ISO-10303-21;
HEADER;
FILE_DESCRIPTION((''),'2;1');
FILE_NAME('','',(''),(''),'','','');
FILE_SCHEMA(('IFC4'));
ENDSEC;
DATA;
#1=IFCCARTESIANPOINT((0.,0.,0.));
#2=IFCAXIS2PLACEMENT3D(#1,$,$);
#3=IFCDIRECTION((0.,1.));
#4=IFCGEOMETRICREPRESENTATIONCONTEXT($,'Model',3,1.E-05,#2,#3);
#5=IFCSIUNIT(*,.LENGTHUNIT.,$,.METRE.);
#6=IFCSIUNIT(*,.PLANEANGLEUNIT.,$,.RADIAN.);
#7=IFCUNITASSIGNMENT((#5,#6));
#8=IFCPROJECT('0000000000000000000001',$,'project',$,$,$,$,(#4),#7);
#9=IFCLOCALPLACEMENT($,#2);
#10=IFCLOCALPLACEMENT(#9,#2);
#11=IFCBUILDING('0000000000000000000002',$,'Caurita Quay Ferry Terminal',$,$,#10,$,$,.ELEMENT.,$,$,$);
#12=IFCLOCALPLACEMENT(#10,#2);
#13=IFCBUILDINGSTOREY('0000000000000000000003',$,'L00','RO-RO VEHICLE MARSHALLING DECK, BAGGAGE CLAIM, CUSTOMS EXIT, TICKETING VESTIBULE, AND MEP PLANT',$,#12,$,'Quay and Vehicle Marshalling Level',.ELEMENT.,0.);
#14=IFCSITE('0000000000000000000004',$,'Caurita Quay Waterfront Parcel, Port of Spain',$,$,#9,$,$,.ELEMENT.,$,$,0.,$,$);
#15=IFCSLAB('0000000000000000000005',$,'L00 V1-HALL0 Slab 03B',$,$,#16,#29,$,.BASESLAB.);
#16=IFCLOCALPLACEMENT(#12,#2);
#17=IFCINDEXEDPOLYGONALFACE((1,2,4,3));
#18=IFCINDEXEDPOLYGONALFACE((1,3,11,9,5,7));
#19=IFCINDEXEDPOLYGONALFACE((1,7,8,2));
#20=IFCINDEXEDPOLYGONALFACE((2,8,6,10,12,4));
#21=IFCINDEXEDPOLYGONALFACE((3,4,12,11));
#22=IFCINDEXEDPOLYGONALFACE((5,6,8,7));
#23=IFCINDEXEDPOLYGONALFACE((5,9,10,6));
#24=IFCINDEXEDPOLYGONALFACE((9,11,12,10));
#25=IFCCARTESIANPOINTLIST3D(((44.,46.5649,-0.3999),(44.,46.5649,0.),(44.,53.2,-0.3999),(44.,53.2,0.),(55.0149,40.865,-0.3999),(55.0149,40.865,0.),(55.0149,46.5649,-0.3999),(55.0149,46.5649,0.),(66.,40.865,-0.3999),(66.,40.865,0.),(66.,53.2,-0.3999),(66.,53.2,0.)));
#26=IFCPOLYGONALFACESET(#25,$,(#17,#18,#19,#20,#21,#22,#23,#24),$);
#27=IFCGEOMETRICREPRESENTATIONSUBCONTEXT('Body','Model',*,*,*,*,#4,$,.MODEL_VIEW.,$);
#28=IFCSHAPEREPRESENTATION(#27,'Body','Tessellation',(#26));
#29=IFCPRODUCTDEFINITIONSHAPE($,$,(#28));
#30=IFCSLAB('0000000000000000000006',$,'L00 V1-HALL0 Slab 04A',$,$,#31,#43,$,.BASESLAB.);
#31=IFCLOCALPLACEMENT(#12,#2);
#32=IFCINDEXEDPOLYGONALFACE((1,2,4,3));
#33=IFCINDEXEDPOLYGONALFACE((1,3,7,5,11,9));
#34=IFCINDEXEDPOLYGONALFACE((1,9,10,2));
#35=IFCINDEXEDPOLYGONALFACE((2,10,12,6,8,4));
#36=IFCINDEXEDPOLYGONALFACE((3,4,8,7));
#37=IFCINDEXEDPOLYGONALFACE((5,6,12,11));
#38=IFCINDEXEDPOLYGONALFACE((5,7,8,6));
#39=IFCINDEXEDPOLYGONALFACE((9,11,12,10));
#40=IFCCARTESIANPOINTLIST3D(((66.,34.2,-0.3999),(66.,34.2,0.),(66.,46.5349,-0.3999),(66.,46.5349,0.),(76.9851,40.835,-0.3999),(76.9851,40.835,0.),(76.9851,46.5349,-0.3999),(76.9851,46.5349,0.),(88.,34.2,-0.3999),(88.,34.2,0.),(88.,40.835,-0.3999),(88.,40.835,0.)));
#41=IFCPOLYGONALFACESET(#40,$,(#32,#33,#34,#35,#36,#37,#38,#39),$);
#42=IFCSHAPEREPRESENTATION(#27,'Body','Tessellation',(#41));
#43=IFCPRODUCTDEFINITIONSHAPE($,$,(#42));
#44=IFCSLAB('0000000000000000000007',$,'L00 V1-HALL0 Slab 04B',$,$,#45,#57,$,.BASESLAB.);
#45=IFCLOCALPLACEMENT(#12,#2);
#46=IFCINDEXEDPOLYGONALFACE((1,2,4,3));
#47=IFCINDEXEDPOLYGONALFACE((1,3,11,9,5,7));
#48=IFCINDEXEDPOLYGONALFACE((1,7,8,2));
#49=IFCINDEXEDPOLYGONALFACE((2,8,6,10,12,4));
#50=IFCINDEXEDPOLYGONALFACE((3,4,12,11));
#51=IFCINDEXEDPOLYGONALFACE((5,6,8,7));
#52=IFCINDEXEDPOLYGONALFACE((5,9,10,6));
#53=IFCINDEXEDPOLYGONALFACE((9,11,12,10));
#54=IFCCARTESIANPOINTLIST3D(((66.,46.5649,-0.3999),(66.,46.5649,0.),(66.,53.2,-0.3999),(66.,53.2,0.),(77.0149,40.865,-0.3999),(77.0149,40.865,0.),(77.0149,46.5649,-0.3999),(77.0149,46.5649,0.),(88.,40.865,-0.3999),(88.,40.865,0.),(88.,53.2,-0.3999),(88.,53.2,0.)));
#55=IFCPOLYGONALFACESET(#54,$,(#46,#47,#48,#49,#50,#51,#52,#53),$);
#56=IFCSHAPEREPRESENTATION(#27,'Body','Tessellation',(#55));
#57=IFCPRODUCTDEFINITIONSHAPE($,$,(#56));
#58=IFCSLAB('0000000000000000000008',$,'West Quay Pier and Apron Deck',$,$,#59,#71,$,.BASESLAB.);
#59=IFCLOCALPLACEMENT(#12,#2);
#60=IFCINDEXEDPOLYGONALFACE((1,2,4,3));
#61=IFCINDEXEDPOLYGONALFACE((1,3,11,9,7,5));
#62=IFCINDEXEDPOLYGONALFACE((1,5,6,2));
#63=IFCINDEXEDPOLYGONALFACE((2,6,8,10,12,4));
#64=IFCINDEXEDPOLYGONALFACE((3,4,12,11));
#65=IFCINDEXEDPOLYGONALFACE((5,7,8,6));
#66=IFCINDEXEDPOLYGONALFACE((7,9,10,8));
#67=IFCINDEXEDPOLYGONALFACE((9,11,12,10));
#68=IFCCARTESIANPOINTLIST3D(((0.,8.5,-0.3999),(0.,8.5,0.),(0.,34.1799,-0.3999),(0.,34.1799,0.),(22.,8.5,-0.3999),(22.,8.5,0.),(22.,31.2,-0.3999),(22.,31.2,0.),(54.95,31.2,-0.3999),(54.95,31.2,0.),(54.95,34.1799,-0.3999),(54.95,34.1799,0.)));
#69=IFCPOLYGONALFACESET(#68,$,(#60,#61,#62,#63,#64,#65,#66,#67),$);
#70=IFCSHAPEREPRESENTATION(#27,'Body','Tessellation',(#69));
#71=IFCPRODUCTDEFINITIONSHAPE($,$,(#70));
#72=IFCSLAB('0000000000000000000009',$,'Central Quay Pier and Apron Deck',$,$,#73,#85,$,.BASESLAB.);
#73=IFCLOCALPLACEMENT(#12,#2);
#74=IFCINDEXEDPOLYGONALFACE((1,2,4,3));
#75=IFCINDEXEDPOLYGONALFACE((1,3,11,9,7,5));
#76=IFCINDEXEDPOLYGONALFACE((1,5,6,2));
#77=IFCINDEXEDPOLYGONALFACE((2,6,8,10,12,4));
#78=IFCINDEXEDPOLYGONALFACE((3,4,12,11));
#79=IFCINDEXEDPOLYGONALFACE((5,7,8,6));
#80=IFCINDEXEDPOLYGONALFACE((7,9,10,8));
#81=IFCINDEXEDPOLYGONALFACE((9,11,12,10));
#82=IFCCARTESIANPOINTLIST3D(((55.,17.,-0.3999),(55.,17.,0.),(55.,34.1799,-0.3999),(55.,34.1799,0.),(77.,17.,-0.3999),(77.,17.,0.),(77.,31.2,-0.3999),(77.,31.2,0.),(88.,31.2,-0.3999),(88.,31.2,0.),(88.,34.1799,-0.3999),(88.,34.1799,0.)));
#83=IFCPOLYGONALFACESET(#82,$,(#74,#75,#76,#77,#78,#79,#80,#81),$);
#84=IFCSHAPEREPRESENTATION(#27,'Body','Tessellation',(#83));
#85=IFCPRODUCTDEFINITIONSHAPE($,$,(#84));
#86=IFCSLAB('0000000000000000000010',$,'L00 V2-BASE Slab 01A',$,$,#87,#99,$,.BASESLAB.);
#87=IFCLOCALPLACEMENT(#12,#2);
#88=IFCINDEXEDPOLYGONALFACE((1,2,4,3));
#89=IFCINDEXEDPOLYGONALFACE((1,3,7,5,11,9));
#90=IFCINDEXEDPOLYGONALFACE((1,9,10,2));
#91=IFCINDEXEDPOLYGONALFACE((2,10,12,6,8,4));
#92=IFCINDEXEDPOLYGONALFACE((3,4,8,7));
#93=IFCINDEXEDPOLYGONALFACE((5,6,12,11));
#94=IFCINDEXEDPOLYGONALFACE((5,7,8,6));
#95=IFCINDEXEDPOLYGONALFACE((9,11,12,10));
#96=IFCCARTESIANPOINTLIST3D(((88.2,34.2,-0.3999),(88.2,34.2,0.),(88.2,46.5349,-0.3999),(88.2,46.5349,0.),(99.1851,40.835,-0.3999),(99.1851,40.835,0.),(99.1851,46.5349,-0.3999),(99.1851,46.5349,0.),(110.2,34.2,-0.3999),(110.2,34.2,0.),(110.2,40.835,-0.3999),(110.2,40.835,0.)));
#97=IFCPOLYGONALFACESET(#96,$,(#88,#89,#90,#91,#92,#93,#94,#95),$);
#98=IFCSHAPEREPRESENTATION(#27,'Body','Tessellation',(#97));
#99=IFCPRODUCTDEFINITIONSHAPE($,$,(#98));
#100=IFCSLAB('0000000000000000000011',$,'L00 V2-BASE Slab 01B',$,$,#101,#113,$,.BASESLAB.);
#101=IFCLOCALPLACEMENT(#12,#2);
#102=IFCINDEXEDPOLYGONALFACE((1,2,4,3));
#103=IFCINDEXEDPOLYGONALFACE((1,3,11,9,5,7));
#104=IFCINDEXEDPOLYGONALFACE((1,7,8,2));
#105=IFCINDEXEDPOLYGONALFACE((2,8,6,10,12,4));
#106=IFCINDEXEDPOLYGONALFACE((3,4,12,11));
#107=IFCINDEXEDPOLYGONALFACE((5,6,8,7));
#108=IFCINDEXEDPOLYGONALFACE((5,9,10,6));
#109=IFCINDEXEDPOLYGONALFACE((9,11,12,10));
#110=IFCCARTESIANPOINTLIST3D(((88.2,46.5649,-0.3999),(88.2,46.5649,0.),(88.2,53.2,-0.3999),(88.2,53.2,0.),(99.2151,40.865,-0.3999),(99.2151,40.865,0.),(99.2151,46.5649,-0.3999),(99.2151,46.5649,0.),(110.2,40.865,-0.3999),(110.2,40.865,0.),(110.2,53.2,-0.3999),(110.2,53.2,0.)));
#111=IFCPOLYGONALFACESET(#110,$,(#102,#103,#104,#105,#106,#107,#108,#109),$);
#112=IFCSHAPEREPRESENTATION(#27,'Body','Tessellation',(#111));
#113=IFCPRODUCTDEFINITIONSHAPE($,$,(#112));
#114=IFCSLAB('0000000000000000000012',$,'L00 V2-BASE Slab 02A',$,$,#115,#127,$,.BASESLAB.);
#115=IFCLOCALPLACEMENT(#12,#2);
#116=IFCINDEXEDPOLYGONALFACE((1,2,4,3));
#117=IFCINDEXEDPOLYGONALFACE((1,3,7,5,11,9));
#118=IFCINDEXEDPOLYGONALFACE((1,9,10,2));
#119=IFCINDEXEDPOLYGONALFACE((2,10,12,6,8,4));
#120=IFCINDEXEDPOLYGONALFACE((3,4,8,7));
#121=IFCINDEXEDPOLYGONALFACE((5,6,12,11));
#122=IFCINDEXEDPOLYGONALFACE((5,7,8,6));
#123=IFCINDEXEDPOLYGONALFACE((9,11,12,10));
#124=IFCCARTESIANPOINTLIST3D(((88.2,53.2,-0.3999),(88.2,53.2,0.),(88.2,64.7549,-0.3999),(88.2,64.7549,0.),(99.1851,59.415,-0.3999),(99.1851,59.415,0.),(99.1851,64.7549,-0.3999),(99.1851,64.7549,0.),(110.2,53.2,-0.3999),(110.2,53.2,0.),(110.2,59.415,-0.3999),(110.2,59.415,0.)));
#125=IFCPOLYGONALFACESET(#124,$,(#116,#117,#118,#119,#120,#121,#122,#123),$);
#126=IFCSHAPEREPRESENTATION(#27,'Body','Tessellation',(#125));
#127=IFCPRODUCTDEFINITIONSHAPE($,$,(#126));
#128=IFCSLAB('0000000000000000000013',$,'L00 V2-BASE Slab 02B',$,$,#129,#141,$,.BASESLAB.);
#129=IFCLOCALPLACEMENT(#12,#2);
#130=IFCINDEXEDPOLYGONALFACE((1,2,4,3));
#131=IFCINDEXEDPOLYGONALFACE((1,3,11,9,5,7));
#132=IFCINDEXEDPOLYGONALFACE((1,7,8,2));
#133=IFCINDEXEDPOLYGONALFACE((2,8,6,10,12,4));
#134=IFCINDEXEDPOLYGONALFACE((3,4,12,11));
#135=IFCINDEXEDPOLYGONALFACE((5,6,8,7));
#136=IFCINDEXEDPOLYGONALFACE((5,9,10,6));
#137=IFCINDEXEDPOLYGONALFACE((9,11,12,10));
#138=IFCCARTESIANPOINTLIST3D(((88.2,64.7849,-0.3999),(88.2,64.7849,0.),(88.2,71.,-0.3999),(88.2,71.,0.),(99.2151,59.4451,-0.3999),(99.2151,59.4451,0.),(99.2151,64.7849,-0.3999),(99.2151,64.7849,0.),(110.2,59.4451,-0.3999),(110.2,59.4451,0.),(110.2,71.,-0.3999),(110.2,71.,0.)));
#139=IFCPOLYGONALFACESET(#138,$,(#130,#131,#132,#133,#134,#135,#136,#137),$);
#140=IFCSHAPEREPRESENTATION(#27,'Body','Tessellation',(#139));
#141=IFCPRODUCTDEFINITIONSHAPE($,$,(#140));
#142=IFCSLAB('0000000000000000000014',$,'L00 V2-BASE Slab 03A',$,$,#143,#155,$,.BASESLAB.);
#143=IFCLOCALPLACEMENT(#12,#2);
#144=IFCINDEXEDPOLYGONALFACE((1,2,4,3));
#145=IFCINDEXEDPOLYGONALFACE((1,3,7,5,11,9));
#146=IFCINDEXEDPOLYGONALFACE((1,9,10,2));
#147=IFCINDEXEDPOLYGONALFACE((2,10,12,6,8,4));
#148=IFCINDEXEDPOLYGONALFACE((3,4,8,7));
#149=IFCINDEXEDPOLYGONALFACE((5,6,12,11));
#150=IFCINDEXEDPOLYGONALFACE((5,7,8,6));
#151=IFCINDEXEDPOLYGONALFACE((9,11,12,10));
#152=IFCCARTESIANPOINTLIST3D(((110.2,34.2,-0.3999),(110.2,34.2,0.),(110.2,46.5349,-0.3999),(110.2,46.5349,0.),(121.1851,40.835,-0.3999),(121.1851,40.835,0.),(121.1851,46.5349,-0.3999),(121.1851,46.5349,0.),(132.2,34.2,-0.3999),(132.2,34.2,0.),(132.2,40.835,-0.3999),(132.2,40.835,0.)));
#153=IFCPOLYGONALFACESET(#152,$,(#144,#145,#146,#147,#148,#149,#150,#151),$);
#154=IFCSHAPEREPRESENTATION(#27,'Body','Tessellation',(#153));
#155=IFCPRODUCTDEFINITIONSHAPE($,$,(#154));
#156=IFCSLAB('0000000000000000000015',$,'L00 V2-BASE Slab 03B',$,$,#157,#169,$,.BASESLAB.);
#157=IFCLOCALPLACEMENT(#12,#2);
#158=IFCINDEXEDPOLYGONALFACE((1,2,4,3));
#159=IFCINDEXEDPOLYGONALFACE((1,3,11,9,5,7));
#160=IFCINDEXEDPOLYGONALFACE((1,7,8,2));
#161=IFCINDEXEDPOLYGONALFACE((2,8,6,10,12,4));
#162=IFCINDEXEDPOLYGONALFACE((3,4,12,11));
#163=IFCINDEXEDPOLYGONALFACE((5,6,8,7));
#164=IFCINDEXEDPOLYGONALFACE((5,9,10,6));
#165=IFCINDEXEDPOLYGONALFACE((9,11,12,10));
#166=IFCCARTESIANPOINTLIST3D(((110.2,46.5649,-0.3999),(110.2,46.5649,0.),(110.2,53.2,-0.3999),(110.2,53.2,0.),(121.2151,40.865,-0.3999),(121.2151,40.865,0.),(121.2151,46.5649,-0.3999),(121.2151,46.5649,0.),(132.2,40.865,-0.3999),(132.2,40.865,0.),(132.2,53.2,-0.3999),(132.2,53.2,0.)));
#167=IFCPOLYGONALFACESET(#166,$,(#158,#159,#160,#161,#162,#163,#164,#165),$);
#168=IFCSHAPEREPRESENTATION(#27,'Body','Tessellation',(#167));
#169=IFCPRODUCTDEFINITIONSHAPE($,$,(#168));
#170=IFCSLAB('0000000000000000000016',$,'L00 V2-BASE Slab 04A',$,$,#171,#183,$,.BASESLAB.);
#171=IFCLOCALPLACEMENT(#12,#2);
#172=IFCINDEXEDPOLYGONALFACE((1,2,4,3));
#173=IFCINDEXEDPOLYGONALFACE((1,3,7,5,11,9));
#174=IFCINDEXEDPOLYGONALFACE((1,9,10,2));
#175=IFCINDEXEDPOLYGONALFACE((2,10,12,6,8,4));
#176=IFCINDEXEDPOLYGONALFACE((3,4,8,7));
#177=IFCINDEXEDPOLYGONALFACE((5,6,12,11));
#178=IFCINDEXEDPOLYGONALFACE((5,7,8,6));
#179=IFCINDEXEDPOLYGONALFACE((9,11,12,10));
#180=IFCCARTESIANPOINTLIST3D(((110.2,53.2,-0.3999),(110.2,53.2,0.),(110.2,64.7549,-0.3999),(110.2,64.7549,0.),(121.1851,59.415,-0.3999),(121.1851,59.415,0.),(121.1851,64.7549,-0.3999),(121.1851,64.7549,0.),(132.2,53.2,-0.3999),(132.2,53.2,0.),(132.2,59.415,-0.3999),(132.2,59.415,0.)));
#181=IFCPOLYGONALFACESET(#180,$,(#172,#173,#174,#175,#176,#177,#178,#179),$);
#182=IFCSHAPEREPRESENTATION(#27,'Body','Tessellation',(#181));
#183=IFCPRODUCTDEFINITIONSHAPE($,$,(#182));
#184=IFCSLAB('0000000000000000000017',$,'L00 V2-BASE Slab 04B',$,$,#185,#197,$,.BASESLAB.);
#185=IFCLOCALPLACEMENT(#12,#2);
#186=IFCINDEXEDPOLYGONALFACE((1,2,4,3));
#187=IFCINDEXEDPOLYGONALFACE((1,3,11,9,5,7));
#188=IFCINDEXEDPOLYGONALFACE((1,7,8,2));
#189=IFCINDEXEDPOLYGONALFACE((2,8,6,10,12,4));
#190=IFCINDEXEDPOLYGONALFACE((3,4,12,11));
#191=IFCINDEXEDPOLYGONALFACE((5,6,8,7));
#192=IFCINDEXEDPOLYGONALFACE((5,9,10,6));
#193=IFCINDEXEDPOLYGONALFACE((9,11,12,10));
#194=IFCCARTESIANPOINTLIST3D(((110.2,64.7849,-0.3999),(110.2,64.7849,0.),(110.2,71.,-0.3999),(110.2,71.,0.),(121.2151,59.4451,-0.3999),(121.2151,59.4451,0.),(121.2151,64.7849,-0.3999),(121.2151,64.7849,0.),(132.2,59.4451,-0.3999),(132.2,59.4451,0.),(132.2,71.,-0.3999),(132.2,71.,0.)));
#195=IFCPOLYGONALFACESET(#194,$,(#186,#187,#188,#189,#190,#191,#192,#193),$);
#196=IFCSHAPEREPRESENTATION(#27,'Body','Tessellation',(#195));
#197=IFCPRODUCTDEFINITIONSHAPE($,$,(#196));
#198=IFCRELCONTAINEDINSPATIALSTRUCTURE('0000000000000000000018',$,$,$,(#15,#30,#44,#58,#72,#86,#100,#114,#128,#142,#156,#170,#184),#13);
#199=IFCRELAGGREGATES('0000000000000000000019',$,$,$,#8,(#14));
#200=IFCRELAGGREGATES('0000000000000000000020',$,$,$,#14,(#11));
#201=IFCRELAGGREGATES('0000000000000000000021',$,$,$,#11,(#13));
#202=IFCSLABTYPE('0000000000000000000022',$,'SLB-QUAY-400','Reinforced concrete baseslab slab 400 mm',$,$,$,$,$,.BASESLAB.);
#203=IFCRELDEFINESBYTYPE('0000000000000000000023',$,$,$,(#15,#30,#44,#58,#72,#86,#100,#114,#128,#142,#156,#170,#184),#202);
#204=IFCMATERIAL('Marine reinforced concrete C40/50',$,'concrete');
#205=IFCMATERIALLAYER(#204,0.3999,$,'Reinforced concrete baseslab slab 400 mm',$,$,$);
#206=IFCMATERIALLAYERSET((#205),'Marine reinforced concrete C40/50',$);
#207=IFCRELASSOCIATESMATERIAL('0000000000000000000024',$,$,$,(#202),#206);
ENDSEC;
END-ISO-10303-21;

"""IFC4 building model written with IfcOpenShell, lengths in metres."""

from ifc_helpers import new_model, si_unit, direction, frame, origin, place, context, subcontext, project, spatial, polyline, outline, extrude, material, layer, layer_set, type_object, element, save


model = new_model("IFC4")

# Units and contexts
model_context = context("Model", 3, precision=1e-05, world=origin(), true_north=direction((0.0, 1.0)))
body_context = subcontext(model_context, "Body", "Model", "MODEL_VIEW")
ifc_project = project(units=[si_unit("LENGTHUNIT", "METRE"), si_unit("PLANEANGLEUNIT", "RADIAN")], contexts=[model_context])

# Site, building, storey
site_placement = place(None, origin())
site = spatial("IfcSite", under=ifc_project, at=site_placement, Name="Caurita Quay Waterfront Parcel, Port of Spain", CompositionType="ELEMENT", RefElevation=0.0)
building_placement = place(site_placement, origin())
building = spatial("IfcBuilding", under=site, at=building_placement, Name="Caurita Quay Ferry Terminal", CompositionType="ELEMENT")
storey_placement = place(building_placement, origin())
storey = spatial("IfcBuildingStorey", under=building, at=storey_placement, Name="L00", Description="RO-RO VEHICLE MARSHALLING DECK, BAGGAGE CLAIM, CUSTOMS EXIT, TICKETING VESTIBULE, AND MEP PLANT", LongName="Quay and Vehicle Marshalling Level", CompositionType="ELEMENT", Elevation=0.0)

# Slabs
ifc_material = material(Name="Marine reinforced concrete C40/50", Category="concrete")
ifc_layer = layer(ifc_material, 0.3999, Name="Reinforced concrete baseslab slab 400 mm")
ifc_layer_set = layer_set([ifc_layer], Name="Marine reinforced concrete C40/50")
slab_type = type_object("IfcSlabType", Name="SLB-QUAY-400", Description="Reinforced concrete baseslab slab 400 mm", PredefinedType="BASESLAB", material=ifc_layer_set)
slab_1_placement = place(storey_placement, frame((0.0, 0.0, -0.3999)))
element("IfcSlab", 1, at=slab_1_placement, inside=storey, type_object=slab_type, Name="L00 V1-HALL0 Slab 03B", PredefinedType="BASESLAB", context=body_context, shape_type="SweptSolid", body=[
    extrude(outline(polyline([(55.0149, 40.865), (66.0, 40.865), (66.0, 53.2), (44.0, 53.2), (44.0, 46.5649), (55.0149, 46.5649), (55.0149, 40.865)])), origin(), (0.0, 0.0, 1.0), 0.3999),
])
slab_2_placement = place(storey_placement, frame((0.0, 0.0, -0.3999)))
element("IfcSlab", 2, at=slab_2_placement, inside=storey, type_object=slab_type, Name="L00 V1-HALL0 Slab 04A", PredefinedType="BASESLAB", context=body_context, shape_type="SweptSolid", body=[
    extrude(outline(polyline([(66.0, 34.2), (88.0, 34.2), (88.0, 40.835), (76.9851, 40.835), (76.9851, 46.5349), (66.0, 46.5349), (66.0, 34.2)])), origin(), (0.0, 0.0, 1.0), 0.3999),
])
slab_3_placement = place(storey_placement, frame((0.0, 0.0, -0.3999)))
element("IfcSlab", 3, at=slab_3_placement, inside=storey, type_object=slab_type, Name="L00 V1-HALL0 Slab 04B", PredefinedType="BASESLAB", context=body_context, shape_type="SweptSolid", body=[
    extrude(outline(polyline([(77.0149, 40.865), (88.0, 40.865), (88.0, 53.2), (66.0, 53.2), (66.0, 46.5649), (77.0149, 46.5649), (77.0149, 40.865)])), origin(), (0.0, 0.0, 1.0), 0.3999),
])
slab_4_placement = place(storey_placement, frame((0.0, 0.0, -0.3999)))
element("IfcSlab", 4, at=slab_4_placement, inside=storey, type_object=slab_type, Name="West Quay Pier and Apron Deck", PredefinedType="BASESLAB", context=body_context, shape_type="SweptSolid", body=[
    extrude(outline(polyline([(0.0, 8.5), (22.0, 8.5), (22.0, 31.2), (54.95, 31.2), (54.95, 34.1799), (0.0, 34.1799), (0.0, 8.5)])), origin(), (0.0, 0.0, 1.0), 0.3999),
])
slab_5_placement = place(storey_placement, frame((0.0, 0.0, -0.3999)))
element("IfcSlab", 5, at=slab_5_placement, inside=storey, type_object=slab_type, Name="Central Quay Pier and Apron Deck", PredefinedType="BASESLAB", context=body_context, shape_type="SweptSolid", body=[
    extrude(outline(polyline([(55.0, 17.0), (77.0, 17.0), (77.0, 31.2), (88.0, 31.2), (88.0, 34.1799), (55.0, 34.1799), (55.0, 17.0)])), origin(), (0.0, 0.0, 1.0), 0.3999),
])
slab_6_placement = place(storey_placement, frame((0.0, 0.0, -0.3999)))
element("IfcSlab", 6, at=slab_6_placement, inside=storey, type_object=slab_type, Name="L00 V2-BASE Slab 01A", PredefinedType="BASESLAB", context=body_context, shape_type="SweptSolid", body=[
    extrude(outline(polyline([(88.2, 34.2), (110.2, 34.2), (110.2, 40.835), (99.1851, 40.835), (99.1851, 46.5349), (88.2, 46.5349), (88.2, 34.2)])), origin(), (0.0, 0.0, 1.0), 0.3999),
])
slab_7_placement = place(storey_placement, frame((0.0, 0.0, -0.3999)))
element("IfcSlab", 7, at=slab_7_placement, inside=storey, type_object=slab_type, Name="L00 V2-BASE Slab 01B", PredefinedType="BASESLAB", context=body_context, shape_type="SweptSolid", body=[
    extrude(outline(polyline([(99.2151, 40.865), (110.2, 40.865), (110.2, 53.2), (88.2, 53.2), (88.2, 46.5649), (99.2151, 46.5649), (99.2151, 40.865)])), origin(), (0.0, 0.0, 1.0), 0.3999),
])
slab_8_placement = place(storey_placement, frame((0.0, 0.0, -0.3999)))
element("IfcSlab", 8, at=slab_8_placement, inside=storey, type_object=slab_type, Name="L00 V2-BASE Slab 02A", PredefinedType="BASESLAB", context=body_context, shape_type="SweptSolid", body=[
    extrude(outline(polyline([(88.2, 53.2), (110.2, 53.2), (110.2, 59.415), (99.1851, 59.415), (99.1851, 64.7549), (88.2, 64.7549), (88.2, 53.2)])), origin(), (0.0, 0.0, 1.0), 0.3999),
])
slab_9_placement = place(storey_placement, frame((0.0, 0.0, -0.3999)))
element("IfcSlab", 9, at=slab_9_placement, inside=storey, type_object=slab_type, Name="L00 V2-BASE Slab 02B", PredefinedType="BASESLAB", context=body_context, shape_type="SweptSolid", body=[
    extrude(outline(polyline([(99.2151, 59.4451), (110.2, 59.4451), (110.2, 71.0), (88.2, 71.0), (88.2, 64.7849), (99.2151, 64.7849), (99.2151, 59.4451)])), origin(), (0.0, 0.0, 1.0), 0.3999),
])
slab_10_placement = place(storey_placement, frame((0.0, 0.0, -0.3999)))
element("IfcSlab", 10, at=slab_10_placement, inside=storey, type_object=slab_type, Name="L00 V2-BASE Slab 03A", PredefinedType="BASESLAB", context=body_context, shape_type="SweptSolid", body=[
    extrude(outline(polyline([(110.2, 34.2), (132.2, 34.2), (132.2, 40.835), (121.1851, 40.835), (121.1851, 46.5349), (110.2, 46.5349), (110.2, 34.2)])), origin(), (0.0, 0.0, 1.0), 0.3999),
])
slab_11_placement = place(storey_placement, frame((0.0, 0.0, -0.3999)))
element("IfcSlab", 11, at=slab_11_placement, inside=storey, type_object=slab_type, Name="L00 V2-BASE Slab 03B", PredefinedType="BASESLAB", context=body_context, shape_type="SweptSolid", body=[
    extrude(outline(polyline([(121.2151, 40.865), (132.2, 40.865), (132.2, 53.2), (110.2, 53.2), (110.2, 46.5649), (121.2151, 46.5649), (121.2151, 40.865)])), origin(), (0.0, 0.0, 1.0), 0.3999),
])
slab_12_placement = place(storey_placement, frame((0.0, 0.0, -0.3999)))
element("IfcSlab", 12, at=slab_12_placement, inside=storey, type_object=slab_type, Name="L00 V2-BASE Slab 04A", PredefinedType="BASESLAB", context=body_context, shape_type="SweptSolid", body=[
    extrude(outline(polyline([(110.2, 53.2), (132.2, 53.2), (132.2, 59.415), (121.1851, 59.415), (121.1851, 64.7549), (110.2, 64.7549), (110.2, 53.2)])), origin(), (0.0, 0.0, 1.0), 0.3999),
])
slab_13_placement = place(storey_placement, frame((0.0, 0.0, -0.3999)))
element("IfcSlab", 13, at=slab_13_placement, inside=storey, type_object=slab_type, Name="L00 V2-BASE Slab 04B", PredefinedType="BASESLAB", context=body_context, shape_type="SweptSolid", body=[
    extrude(outline(polyline([(121.2151, 59.4451), (132.2, 59.4451), (132.2, 71.0), (110.2, 71.0), (110.2, 64.7849), (121.2151, 64.7849), (121.2151, 59.4451)])), origin(), (0.0, 0.0, 1.0), 0.3999),
])

save(model, "model.ifc")
